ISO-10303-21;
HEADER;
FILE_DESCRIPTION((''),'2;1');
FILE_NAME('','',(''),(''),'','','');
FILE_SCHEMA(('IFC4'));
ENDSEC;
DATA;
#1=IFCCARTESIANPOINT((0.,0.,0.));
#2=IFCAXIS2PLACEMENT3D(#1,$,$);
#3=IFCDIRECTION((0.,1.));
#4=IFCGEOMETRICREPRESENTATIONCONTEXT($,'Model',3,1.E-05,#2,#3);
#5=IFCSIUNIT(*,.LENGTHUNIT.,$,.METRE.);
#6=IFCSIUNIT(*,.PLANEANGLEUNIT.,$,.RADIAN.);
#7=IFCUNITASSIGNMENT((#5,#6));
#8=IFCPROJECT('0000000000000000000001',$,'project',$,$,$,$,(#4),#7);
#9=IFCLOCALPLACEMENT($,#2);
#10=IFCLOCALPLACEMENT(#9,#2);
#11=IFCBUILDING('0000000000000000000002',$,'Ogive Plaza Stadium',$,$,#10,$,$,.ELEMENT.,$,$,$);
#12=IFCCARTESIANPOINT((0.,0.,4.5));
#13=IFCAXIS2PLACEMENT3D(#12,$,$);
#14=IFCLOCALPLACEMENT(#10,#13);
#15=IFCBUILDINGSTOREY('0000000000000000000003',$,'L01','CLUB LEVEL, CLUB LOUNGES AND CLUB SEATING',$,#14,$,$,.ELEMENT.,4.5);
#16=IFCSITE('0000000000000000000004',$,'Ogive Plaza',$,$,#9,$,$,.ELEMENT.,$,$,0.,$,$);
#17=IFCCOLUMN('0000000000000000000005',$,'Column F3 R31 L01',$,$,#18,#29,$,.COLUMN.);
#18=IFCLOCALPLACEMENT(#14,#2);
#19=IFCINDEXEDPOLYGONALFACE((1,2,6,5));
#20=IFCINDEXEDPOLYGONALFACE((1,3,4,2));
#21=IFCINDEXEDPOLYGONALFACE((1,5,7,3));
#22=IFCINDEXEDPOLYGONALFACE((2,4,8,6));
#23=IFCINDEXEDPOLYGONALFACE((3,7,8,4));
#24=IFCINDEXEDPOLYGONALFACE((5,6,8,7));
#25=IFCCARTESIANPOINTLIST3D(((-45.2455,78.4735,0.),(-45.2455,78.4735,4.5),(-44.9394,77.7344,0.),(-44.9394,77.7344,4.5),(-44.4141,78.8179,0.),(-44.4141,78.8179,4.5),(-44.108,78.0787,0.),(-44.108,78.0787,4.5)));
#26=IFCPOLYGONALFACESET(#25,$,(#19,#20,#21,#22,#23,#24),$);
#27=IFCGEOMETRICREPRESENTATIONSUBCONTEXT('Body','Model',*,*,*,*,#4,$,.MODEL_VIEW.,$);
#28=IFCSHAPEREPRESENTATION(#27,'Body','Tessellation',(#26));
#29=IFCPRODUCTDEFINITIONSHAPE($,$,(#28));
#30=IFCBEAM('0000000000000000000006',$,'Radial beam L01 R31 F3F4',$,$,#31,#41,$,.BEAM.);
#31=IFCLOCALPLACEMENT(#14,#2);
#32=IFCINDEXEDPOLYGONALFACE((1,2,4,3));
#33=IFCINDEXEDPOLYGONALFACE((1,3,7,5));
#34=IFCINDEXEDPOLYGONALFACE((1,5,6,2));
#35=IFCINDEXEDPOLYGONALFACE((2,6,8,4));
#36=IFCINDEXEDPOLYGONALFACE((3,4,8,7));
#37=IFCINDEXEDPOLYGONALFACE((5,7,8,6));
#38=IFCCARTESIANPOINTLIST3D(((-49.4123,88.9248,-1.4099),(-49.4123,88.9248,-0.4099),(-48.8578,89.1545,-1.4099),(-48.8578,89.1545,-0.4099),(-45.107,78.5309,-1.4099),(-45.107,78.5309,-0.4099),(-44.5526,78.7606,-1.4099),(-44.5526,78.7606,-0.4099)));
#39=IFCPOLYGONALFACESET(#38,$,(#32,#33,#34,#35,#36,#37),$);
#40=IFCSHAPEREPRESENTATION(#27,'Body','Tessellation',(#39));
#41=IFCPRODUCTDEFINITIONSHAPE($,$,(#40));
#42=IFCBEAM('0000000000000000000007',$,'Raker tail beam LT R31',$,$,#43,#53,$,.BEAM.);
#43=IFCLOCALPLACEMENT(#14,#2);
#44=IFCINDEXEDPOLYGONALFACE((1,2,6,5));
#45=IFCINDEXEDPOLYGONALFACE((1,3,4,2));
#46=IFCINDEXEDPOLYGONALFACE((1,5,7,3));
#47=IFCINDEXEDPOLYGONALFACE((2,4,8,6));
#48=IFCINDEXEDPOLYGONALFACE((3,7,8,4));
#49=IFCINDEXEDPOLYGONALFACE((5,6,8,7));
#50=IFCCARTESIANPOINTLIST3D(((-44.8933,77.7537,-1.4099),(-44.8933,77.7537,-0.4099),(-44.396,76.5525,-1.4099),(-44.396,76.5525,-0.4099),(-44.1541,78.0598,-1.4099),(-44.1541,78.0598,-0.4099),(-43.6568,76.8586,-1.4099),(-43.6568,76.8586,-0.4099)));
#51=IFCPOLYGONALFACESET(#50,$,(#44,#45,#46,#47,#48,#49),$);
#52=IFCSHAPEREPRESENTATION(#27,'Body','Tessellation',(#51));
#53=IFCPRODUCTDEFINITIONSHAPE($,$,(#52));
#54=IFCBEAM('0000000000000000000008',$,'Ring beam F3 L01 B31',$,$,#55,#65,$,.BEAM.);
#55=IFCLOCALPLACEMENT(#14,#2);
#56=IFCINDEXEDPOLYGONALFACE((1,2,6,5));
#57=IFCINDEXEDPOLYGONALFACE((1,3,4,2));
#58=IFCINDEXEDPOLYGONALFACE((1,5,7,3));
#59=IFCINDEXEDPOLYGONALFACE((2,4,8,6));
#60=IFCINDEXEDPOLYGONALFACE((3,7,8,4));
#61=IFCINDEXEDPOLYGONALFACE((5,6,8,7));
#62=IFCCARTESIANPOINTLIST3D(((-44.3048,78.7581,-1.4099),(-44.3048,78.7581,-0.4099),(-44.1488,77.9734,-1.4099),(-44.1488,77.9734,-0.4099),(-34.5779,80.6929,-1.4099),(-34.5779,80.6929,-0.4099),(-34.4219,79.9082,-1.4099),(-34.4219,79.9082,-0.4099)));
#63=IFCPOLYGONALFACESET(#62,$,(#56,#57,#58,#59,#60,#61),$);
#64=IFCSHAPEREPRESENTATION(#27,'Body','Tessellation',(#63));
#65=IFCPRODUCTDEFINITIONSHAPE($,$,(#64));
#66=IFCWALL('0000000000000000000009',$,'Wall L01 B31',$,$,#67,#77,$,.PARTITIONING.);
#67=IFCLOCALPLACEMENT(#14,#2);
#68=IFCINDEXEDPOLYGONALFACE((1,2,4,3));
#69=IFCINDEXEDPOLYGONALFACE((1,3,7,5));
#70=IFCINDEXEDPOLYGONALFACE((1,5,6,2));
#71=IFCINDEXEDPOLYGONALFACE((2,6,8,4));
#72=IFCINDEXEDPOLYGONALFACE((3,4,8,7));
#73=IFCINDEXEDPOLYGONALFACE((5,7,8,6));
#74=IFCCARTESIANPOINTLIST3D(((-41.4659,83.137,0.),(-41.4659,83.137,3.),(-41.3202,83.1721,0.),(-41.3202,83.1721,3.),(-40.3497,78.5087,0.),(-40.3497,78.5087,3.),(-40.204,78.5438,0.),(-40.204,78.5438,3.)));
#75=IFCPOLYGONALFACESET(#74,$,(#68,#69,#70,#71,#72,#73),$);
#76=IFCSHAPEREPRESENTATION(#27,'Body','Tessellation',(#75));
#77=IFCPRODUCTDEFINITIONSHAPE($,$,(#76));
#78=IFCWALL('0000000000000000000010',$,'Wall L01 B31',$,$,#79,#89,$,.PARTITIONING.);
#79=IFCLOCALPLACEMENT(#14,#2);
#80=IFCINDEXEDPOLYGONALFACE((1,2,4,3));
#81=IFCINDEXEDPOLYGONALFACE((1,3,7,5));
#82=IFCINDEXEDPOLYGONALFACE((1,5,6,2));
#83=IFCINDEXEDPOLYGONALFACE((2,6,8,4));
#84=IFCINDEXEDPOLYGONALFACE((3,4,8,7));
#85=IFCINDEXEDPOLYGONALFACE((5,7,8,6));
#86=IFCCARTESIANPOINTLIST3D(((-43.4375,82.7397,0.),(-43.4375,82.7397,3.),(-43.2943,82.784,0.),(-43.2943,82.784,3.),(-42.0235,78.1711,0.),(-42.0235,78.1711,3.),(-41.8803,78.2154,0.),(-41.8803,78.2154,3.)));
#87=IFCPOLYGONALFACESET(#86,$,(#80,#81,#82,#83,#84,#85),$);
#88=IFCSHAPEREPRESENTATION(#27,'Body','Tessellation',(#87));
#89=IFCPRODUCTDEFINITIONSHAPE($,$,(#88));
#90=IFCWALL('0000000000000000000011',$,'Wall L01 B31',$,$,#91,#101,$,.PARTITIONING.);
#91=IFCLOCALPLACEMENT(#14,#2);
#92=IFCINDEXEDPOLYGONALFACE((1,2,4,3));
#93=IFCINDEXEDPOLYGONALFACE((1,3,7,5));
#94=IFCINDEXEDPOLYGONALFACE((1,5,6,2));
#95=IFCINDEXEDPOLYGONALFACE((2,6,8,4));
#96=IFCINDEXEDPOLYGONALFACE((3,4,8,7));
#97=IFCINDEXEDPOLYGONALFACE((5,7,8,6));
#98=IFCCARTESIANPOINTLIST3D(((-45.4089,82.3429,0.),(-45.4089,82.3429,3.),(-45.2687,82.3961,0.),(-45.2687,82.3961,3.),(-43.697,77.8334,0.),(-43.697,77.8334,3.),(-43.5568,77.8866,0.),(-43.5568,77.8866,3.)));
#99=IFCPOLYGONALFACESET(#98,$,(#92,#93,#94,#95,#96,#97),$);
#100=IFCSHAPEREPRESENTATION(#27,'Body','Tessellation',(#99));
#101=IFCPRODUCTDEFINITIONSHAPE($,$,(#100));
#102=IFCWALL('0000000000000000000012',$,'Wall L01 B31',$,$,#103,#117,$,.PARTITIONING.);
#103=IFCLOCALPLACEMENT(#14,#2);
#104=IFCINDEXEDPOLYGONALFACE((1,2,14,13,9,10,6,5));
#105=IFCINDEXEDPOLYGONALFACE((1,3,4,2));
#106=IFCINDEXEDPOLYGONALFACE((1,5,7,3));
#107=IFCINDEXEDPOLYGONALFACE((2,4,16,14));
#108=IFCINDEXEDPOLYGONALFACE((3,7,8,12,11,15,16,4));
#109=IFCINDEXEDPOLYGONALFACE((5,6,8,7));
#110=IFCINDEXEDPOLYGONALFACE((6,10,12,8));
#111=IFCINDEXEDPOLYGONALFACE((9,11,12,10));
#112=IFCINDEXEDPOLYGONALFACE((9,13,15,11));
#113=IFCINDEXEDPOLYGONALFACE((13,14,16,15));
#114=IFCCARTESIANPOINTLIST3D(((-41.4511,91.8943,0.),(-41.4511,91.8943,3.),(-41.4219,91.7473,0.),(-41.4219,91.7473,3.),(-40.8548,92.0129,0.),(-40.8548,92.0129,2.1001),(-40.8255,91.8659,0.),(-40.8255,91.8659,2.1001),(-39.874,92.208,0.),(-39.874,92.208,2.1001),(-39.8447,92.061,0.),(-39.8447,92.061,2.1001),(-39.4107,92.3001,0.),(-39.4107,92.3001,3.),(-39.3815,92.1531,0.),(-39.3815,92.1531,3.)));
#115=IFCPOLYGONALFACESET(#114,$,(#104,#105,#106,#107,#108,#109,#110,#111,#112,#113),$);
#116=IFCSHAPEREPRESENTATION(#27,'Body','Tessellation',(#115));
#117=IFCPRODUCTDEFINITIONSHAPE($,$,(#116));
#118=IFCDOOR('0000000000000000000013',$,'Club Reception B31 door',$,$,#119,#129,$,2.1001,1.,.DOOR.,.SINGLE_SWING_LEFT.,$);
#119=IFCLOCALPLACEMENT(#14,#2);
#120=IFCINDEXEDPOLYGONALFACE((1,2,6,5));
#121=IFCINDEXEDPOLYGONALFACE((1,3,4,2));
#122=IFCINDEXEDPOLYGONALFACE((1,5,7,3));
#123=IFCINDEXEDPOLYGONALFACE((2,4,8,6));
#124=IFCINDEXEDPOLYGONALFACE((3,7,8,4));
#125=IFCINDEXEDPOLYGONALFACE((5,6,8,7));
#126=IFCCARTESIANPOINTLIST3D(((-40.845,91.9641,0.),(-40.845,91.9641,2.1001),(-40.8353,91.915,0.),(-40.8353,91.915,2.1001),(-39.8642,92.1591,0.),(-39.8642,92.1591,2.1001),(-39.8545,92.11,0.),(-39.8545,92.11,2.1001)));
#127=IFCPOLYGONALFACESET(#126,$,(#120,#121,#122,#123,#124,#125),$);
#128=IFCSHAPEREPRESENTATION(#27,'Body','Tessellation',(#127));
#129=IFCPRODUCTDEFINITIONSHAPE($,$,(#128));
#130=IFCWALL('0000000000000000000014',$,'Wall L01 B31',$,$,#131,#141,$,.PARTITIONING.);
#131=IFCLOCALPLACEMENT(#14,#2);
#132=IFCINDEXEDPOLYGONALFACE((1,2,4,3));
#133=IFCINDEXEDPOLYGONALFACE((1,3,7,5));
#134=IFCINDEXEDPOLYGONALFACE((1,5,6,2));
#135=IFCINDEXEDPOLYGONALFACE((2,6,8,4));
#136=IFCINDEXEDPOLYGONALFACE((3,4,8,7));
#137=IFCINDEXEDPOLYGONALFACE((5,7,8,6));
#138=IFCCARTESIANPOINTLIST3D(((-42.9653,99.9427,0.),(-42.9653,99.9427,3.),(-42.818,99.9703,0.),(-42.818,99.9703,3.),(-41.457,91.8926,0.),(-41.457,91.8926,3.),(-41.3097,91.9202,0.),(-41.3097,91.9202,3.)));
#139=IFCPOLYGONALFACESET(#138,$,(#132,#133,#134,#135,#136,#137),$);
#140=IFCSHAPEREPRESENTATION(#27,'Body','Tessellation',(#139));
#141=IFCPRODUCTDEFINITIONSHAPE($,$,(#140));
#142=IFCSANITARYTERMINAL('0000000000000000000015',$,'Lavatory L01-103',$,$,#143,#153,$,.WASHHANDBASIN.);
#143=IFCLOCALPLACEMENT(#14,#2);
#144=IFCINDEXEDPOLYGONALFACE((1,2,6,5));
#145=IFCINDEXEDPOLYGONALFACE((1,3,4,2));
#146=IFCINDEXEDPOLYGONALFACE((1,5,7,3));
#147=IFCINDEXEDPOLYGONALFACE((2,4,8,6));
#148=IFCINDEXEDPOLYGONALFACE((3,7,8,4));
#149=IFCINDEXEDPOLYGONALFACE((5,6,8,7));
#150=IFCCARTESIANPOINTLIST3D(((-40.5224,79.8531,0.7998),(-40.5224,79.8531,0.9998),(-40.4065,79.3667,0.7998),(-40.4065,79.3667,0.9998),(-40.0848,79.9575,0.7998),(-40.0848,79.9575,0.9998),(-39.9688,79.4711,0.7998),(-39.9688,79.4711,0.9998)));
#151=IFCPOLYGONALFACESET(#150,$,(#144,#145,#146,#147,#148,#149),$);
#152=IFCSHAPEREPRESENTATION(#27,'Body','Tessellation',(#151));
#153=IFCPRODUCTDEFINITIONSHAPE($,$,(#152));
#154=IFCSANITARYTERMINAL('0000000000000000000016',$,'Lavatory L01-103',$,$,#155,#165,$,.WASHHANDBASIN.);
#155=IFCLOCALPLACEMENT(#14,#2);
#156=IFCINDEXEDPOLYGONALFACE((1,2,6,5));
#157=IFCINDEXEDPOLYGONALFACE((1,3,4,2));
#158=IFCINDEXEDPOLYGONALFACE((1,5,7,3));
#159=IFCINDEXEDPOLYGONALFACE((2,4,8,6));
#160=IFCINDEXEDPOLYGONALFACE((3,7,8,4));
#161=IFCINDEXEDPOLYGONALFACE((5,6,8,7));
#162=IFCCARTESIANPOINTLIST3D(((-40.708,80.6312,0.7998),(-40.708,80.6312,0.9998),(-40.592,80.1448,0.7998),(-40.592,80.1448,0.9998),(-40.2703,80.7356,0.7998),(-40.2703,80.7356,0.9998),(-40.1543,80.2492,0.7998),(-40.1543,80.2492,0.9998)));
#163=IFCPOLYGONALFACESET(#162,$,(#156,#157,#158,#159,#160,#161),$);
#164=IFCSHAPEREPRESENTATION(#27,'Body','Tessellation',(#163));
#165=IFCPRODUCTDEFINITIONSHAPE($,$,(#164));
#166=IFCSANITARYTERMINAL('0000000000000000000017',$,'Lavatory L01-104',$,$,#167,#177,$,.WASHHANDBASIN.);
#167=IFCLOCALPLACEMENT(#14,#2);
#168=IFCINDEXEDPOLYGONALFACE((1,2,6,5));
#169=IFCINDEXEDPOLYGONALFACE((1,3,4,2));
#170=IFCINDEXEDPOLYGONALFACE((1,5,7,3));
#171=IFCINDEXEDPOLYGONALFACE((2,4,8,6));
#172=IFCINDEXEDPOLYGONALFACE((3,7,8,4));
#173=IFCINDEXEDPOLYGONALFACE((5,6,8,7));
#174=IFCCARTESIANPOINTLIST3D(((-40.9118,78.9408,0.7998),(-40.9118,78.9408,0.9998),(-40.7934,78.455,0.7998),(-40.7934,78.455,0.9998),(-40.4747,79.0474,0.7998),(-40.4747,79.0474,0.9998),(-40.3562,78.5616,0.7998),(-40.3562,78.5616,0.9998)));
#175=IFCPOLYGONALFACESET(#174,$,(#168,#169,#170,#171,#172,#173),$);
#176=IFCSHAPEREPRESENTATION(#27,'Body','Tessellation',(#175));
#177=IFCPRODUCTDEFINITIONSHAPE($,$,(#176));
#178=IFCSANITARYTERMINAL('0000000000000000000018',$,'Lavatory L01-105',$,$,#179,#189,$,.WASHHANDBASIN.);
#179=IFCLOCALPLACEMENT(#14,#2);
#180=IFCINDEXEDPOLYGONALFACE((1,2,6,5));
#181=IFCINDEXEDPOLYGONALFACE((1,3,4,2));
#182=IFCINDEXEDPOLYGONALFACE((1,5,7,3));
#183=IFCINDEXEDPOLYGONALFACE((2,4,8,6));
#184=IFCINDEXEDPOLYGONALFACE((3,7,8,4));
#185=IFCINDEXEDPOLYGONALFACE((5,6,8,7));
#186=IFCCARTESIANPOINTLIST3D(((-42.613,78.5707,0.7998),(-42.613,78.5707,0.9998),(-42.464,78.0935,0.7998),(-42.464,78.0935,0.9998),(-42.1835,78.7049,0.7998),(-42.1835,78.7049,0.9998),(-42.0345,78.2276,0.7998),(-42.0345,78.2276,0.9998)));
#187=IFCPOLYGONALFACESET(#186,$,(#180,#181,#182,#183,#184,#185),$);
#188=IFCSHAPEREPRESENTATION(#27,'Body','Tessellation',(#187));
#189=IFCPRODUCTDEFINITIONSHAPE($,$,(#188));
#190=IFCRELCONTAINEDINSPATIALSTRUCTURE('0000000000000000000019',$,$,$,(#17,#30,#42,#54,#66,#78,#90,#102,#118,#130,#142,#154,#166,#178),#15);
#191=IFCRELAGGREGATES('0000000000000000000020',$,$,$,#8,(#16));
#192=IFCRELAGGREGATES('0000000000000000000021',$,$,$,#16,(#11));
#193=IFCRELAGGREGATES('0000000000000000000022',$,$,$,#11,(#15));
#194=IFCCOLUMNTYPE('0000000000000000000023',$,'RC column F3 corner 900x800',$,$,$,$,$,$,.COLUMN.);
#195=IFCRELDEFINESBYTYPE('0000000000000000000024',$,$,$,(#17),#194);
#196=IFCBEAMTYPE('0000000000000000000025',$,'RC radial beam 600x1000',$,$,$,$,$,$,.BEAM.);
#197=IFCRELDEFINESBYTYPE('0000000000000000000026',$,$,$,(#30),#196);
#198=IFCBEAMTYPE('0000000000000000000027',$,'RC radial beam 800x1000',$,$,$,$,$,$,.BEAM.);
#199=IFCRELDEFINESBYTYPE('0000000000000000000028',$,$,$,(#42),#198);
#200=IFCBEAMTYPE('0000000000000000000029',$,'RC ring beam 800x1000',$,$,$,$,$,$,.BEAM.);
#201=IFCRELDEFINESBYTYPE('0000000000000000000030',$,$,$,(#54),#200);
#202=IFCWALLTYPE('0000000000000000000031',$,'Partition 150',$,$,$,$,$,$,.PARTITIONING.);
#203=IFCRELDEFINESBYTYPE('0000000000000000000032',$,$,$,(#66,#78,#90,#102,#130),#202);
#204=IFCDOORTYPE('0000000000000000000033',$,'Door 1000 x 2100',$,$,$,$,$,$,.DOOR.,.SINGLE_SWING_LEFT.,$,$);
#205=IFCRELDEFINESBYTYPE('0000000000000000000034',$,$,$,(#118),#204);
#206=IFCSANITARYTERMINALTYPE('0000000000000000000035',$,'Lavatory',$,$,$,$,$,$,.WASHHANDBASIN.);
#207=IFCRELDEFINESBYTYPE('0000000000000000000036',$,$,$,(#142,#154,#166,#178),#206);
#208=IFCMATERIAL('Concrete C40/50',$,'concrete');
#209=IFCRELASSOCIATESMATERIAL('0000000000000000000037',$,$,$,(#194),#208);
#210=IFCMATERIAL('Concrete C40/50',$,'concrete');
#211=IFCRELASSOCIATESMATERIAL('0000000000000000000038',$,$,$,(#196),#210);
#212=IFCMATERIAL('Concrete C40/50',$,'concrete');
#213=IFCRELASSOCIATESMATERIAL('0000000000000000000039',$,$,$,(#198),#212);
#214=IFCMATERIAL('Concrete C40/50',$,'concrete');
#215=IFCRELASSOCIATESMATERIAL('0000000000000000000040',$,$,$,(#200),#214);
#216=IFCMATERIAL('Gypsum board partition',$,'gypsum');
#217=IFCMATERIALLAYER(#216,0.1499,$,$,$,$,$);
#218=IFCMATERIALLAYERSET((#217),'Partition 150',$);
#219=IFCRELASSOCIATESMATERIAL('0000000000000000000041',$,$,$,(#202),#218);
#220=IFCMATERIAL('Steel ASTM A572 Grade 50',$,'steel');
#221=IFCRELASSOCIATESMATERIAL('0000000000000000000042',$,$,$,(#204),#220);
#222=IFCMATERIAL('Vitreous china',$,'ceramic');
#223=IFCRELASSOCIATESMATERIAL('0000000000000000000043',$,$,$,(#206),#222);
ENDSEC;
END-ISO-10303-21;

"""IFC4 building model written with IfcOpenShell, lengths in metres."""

from ifc_helpers import new_model, si_unit, direction, frame, frame_2d, origin, origin_2d, place, context, subcontext, project, spatial, rectangle, extrude, material, layer, layer_set, material_profile, profile_set, type_object, element, fill, save


model = new_model("IFC4")

# Units and contexts
model_context = context("Model", 3, precision=1e-05, world=origin(), true_north=direction((0.0, 1.0)))
body_context = subcontext(model_context, "Body", "Model", "MODEL_VIEW")
ifc_project = project(units=[si_unit("LENGTHUNIT", "METRE"), si_unit("PLANEANGLEUNIT", "RADIAN")], contexts=[model_context])

# Site, building, storey
site_placement = place(None, origin())
site = spatial("IfcSite", under=ifc_project, at=site_placement, Name="Ogive Plaza", CompositionType="ELEMENT", RefElevation=0.0)
building_placement = place(site_placement, origin())
building = spatial("IfcBuilding", under=site, at=building_placement, Name="Ogive Plaza Stadium", CompositionType="ELEMENT")
storey_placement = place(building_placement, frame((0.0, 0.0, 4.5)))
storey = spatial("IfcBuildingStorey", under=building, at=storey_placement, Name="L01", Description="CLUB LEVEL, CLUB LOUNGES AND CLUB SEATING", CompositionType="ELEMENT", Elevation=4.5)

# Column
ifc_material_1 = material(Name="Concrete C40/50", Category="concrete")
ifc_material_profile_1 = material_profile(ifc_material_1, rectangle(XDim=0.8999, YDim=0.8, at=origin_2d()), Name="RC 900x800")
ifc_profile_set_1 = profile_set([ifc_material_profile_1], Name="Concrete C40/50")
column_type = type_object("IfcColumnType", Name="RC column F3 corner 900x800", PredefinedType="COLUMN", material=ifc_profile_set_1)
column_placement = place(storey_placement, frame((-44.6768, 78.2761, 0.0), z_axis=(0.0, 0.0, 1.0), x_axis=(-0.92388, -0.382683, 0.0)))
element("IfcColumn", 1, at=column_placement, inside=storey, type_object=column_type, Name="Column F3 R31 L01", PredefinedType="COLUMN", context=body_context, shape_type="SweptSolid", body=[
    extrude(rectangle(XDim=0.8999, YDim=0.8, at=origin_2d()), origin(), (0.0, 0.0, 1.0), 4.5),
])

# Beams
ifc_material_2 = material(Name="Concrete C40/50", Category="concrete")
ifc_material_profile_2 = material_profile(ifc_material_2, rectangle(XDim=0.6001, YDim=1.0, at=origin_2d()), Name="RC 600x1000")
ifc_profile_set_2 = profile_set([ifc_material_profile_2], Name="Concrete C40/50")
beam_type_1 = type_object("IfcBeamType", Name="RC radial beam 600x1000", PredefinedType="BEAM", material=ifc_profile_set_2)
beam_1_placement = place(storey_placement, frame((-44.8298, 78.6458, -0.9099), z_axis=(-0.382678, 0.923882, 0.0), x_axis=(-0.923882, -0.382678, 0.0)))
element("IfcBeam", 2, at=beam_1_placement, inside=storey, type_object=beam_type_1, Name="Radial beam L01 R31 F3F4", PredefinedType="BEAM", context=body_context, shape_type="SweptSolid", body=[
    extrude(rectangle(XDim=0.6001, YDim=1.0, at=origin_2d()), origin(), (0.0, 0.0, 1.0), 11.2502),
])
ifc_material_3 = material(Name="Concrete C40/50", Category="concrete")
ifc_material_profile_3 = material_profile(ifc_material_3, rectangle(XDim=0.8, YDim=1.0, at=origin_2d()), Name="RC 800x1000")
ifc_profile_set_3 = profile_set([ifc_material_profile_3], Name="Concrete C40/50")
beam_type_2 = type_object("IfcBeamType", Name="RC radial beam 800x1000", PredefinedType="BEAM", material=ifc_profile_set_3)
beam_2_placement = place(storey_placement, frame((-44.0264, 76.7056, -0.9099), z_axis=(-0.382534, 0.923941, 0.0), x_axis=(-0.923941, -0.382534, 0.0)))
element("IfcBeam", 3, at=beam_2_placement, inside=storey, type_object=beam_type_2, Name="Raker tail beam LT R31", PredefinedType="BEAM", context=body_context, shape_type="SweptSolid", body=[
    extrude(rectangle(XDim=0.8, YDim=1.0, at=origin_2d()), origin(), (0.0, 0.0, 1.0), 1.3),
])
ifc_material_4 = material(Name="Concrete C40/50", Category="concrete")
ifc_material_profile_4 = material_profile(ifc_material_4, rectangle(XDim=0.8, YDim=1.0, at=origin_2d()), Name="RC 800x1000")
ifc_profile_set_4 = profile_set([ifc_material_profile_4], Name="Concrete C40/50")
beam_type_3 = type_object("IfcBeamType", Name="RC ring beam 800x1000", PredefinedType="BEAM", material=ifc_profile_set_4)
beam_3_placement = place(storey_placement, frame((-44.2268, 78.3657, -0.9099), z_axis=(0.980785, 0.195093, 0.0), x_axis=(-0.195093, 0.980785, 0.0)))
element("IfcBeam", 4, at=beam_3_placement, inside=storey, type_object=beam_type_3, Name="Ring beam F3 L01 B31", PredefinedType="BEAM", context=body_context, shape_type="SweptSolid", body=[
    extrude(rectangle(XDim=0.8, YDim=1.0, at=origin_2d()), origin(), (0.0, 0.0, 1.0), 9.9175),
])

# Walls
ifc_material_5 = material(Name="Gypsum board partition", Category="gypsum")
ifc_layer = layer(ifc_material_5, 0.1499)
ifc_layer_set = layer_set([ifc_layer], Name="Partition 150")
wall_type = type_object("IfcWallType", Name="Partition 150", PredefinedType="PARTITIONING", material=ifc_layer_set)
wall_1_placement = place(storey_placement, frame((-40.2769, 78.5264, 0.0), z_axis=(0.0, 0.0, 1.0), x_axis=(-0.234455, 0.972127, 0.0)))
element("IfcWall", 5, at=wall_1_placement, inside=storey, type_object=wall_type, Name="Wall L01 B31", PredefinedType="PARTITIONING", context=body_context, shape_type="SweptSolid", body=[
    extrude(rectangle(XDim=4.761, YDim=0.1499, at=frame_2d((2.3804, 0.0))), origin(), (0.0, 0.0, 1.0), 3.0),
])
wall_2_placement = place(storey_placement, frame((-41.9519, 78.1934, 0.0), z_axis=(0.0, 0.0, 1.0), x_axis=(-0.295678, 0.955288, 0.0)))
element("IfcWall", 6, at=wall_2_placement, inside=storey, type_object=wall_type, Name="Wall L01 B31", PredefinedType="PARTITIONING", context=body_context, shape_type="SweptSolid", body=[
    extrude(rectangle(XDim=4.7825, YDim=0.1499, at=frame_2d((2.3911, 0.0))), origin(), (0.0, 0.0, 1.0), 3.0),
])
wall_3_placement = place(storey_placement, frame((-43.627, 77.8601, 0.0), z_axis=(0.0, 0.0, 1.0), x_axis=(-0.354909, 0.934901, 0.0)))
element("IfcWall", 7, at=wall_3_placement, inside=storey, type_object=wall_type, Name="Wall L01 B31", PredefinedType="PARTITIONING", context=body_context, shape_type="SweptSolid", body=[
    extrude(rectangle(XDim=4.8235, YDim=0.1499, at=frame_2d((2.4116, 0.0))), origin(), (0.0, 0.0, 1.0), 3.0),
])

# Wall, opening, door
wall_4_placement = place(storey_placement, frame((-39.3962, 92.2266, 0.0), z_axis=(0.0, 0.0, 1.0), x_axis=(-0.980792, -0.195055, 0.0)))
wall_4 = element("IfcWall", 8, at=wall_4_placement, inside=storey, type_object=wall_type, Name="Wall L01 B31", PredefinedType="PARTITIONING", context=body_context, shape_type="SweptSolid", body=[
    extrude(rectangle(XDim=2.0803, YDim=0.1499, at=frame_2d((1.04, 0.0))), origin(), (0.0, 0.0, 1.0), 3.0),
])
opening_placement = place(wall_4_placement, frame((0.4722, 0.0, 0.0)))
opening = element("IfcOpeningElement", 9, at=opening_placement, cuts=wall_4, PredefinedType="OPENING", context=body_context, shape_type="SweptSolid", body=[
    extrude(rectangle(XDim=1.0, YDim=2.1001, at=frame_2d((0.5, 1.05))), frame((0.0, 0.075, 0.0), z_axis=(0.0, -1.0, 0.0), x_axis=(1.0, 0.0, 0.0)), (0.0, 0.0, 1.0), 0.1499),
])
ifc_material_6 = material(Name="Steel ASTM A572 Grade 50", Category="steel")
door_type = type_object("IfcDoorType", Name="Door 1000 x 2100", OperationType="SINGLE_SWING_LEFT", PredefinedType="DOOR", material=ifc_material_6)
door_placement = place(opening_placement, origin())
door = element("IfcDoor", 10, at=door_placement, inside=storey, type_object=door_type, Name="Club Reception B31 door", OperationType="SINGLE_SWING_LEFT", OverallHeight=2.1001, OverallWidth=1.0, PredefinedType="DOOR", context=body_context, shape_type="SweptSolid", body=[
    extrude(rectangle(XDim=1.0, YDim=2.1001, at=frame_2d((0.5, 1.05))), frame((0.0, 0.0249, 0.0), z_axis=(0.0, -1.0, 0.0), x_axis=(1.0, 0.0, 0.0)), (0.0, 0.0, 1.0), 0.05),
])
fill(opening, door)

# Wall
wall_5_placement = place(storey_placement, frame((-41.3833, 91.9062, 0.0), z_axis=(0.0, 0.0, 1.0), x_axis=(-0.184161, 0.982896, 0.0)))
element("IfcWall", 11, at=wall_5_placement, inside=storey, type_object=wall_type, Name="Wall L01 B31", PredefinedType="PARTITIONING", context=body_context, shape_type="SweptSolid", body=[
    extrude(rectangle(XDim=8.1902, YDim=0.1499, at=frame_2d((4.0952, 0.0))), origin(), (0.0, 0.0, 1.0), 3.0),
])

# Sanitary terminals
ifc_material_7 = material(Name="Vitreous china", Category="ceramic")
sanitary_terminal_type_1 = type_object("IfcSanitaryTerminalType", Name="Lavatory", PredefinedType="WASHHANDBASIN", material=ifc_material_7)
for number, where, z_axis, x_axis, name in (
    (12, (-40.2456, 79.6621, 0.7998), (0.0, 0.0, 1.0), (-0.231948, 0.972728, 0.0), "Lavatory L01-103"),
    (13, (-40.4312, 80.4402, 0.7998), (0.0, 0.0, 1.0), (-0.231948, 0.972728, 0.0), "Lavatory L01-103"),
    (14, (-40.634, 78.7512, 0.7998), (0.0, 0.0, 1.0), (-0.236947, 0.971523, 0.0), "Lavatory L01-104"),
    (15, (-42.3237, 78.3992, 0.7998), (0.0, 0.0, 1.0), (-0.29809, 0.954538, 0.0), "Lavatory L01-105"),
):
    element("IfcSanitaryTerminal", number, at=place(storey_placement, frame(where, z_axis=z_axis, x_axis=x_axis)), inside=storey, type_object=sanitary_terminal_type_1, Name=name, PredefinedType="WASHHANDBASIN", context=body_context, shape_type="SweptSolid", body=[
        extrude(rectangle(XDim=0.5, YDim=0.45, at=origin_2d()), origin(), (0.0, 0.0, 1.0), 0.2),
    ])

save(model, "model.ifc")
